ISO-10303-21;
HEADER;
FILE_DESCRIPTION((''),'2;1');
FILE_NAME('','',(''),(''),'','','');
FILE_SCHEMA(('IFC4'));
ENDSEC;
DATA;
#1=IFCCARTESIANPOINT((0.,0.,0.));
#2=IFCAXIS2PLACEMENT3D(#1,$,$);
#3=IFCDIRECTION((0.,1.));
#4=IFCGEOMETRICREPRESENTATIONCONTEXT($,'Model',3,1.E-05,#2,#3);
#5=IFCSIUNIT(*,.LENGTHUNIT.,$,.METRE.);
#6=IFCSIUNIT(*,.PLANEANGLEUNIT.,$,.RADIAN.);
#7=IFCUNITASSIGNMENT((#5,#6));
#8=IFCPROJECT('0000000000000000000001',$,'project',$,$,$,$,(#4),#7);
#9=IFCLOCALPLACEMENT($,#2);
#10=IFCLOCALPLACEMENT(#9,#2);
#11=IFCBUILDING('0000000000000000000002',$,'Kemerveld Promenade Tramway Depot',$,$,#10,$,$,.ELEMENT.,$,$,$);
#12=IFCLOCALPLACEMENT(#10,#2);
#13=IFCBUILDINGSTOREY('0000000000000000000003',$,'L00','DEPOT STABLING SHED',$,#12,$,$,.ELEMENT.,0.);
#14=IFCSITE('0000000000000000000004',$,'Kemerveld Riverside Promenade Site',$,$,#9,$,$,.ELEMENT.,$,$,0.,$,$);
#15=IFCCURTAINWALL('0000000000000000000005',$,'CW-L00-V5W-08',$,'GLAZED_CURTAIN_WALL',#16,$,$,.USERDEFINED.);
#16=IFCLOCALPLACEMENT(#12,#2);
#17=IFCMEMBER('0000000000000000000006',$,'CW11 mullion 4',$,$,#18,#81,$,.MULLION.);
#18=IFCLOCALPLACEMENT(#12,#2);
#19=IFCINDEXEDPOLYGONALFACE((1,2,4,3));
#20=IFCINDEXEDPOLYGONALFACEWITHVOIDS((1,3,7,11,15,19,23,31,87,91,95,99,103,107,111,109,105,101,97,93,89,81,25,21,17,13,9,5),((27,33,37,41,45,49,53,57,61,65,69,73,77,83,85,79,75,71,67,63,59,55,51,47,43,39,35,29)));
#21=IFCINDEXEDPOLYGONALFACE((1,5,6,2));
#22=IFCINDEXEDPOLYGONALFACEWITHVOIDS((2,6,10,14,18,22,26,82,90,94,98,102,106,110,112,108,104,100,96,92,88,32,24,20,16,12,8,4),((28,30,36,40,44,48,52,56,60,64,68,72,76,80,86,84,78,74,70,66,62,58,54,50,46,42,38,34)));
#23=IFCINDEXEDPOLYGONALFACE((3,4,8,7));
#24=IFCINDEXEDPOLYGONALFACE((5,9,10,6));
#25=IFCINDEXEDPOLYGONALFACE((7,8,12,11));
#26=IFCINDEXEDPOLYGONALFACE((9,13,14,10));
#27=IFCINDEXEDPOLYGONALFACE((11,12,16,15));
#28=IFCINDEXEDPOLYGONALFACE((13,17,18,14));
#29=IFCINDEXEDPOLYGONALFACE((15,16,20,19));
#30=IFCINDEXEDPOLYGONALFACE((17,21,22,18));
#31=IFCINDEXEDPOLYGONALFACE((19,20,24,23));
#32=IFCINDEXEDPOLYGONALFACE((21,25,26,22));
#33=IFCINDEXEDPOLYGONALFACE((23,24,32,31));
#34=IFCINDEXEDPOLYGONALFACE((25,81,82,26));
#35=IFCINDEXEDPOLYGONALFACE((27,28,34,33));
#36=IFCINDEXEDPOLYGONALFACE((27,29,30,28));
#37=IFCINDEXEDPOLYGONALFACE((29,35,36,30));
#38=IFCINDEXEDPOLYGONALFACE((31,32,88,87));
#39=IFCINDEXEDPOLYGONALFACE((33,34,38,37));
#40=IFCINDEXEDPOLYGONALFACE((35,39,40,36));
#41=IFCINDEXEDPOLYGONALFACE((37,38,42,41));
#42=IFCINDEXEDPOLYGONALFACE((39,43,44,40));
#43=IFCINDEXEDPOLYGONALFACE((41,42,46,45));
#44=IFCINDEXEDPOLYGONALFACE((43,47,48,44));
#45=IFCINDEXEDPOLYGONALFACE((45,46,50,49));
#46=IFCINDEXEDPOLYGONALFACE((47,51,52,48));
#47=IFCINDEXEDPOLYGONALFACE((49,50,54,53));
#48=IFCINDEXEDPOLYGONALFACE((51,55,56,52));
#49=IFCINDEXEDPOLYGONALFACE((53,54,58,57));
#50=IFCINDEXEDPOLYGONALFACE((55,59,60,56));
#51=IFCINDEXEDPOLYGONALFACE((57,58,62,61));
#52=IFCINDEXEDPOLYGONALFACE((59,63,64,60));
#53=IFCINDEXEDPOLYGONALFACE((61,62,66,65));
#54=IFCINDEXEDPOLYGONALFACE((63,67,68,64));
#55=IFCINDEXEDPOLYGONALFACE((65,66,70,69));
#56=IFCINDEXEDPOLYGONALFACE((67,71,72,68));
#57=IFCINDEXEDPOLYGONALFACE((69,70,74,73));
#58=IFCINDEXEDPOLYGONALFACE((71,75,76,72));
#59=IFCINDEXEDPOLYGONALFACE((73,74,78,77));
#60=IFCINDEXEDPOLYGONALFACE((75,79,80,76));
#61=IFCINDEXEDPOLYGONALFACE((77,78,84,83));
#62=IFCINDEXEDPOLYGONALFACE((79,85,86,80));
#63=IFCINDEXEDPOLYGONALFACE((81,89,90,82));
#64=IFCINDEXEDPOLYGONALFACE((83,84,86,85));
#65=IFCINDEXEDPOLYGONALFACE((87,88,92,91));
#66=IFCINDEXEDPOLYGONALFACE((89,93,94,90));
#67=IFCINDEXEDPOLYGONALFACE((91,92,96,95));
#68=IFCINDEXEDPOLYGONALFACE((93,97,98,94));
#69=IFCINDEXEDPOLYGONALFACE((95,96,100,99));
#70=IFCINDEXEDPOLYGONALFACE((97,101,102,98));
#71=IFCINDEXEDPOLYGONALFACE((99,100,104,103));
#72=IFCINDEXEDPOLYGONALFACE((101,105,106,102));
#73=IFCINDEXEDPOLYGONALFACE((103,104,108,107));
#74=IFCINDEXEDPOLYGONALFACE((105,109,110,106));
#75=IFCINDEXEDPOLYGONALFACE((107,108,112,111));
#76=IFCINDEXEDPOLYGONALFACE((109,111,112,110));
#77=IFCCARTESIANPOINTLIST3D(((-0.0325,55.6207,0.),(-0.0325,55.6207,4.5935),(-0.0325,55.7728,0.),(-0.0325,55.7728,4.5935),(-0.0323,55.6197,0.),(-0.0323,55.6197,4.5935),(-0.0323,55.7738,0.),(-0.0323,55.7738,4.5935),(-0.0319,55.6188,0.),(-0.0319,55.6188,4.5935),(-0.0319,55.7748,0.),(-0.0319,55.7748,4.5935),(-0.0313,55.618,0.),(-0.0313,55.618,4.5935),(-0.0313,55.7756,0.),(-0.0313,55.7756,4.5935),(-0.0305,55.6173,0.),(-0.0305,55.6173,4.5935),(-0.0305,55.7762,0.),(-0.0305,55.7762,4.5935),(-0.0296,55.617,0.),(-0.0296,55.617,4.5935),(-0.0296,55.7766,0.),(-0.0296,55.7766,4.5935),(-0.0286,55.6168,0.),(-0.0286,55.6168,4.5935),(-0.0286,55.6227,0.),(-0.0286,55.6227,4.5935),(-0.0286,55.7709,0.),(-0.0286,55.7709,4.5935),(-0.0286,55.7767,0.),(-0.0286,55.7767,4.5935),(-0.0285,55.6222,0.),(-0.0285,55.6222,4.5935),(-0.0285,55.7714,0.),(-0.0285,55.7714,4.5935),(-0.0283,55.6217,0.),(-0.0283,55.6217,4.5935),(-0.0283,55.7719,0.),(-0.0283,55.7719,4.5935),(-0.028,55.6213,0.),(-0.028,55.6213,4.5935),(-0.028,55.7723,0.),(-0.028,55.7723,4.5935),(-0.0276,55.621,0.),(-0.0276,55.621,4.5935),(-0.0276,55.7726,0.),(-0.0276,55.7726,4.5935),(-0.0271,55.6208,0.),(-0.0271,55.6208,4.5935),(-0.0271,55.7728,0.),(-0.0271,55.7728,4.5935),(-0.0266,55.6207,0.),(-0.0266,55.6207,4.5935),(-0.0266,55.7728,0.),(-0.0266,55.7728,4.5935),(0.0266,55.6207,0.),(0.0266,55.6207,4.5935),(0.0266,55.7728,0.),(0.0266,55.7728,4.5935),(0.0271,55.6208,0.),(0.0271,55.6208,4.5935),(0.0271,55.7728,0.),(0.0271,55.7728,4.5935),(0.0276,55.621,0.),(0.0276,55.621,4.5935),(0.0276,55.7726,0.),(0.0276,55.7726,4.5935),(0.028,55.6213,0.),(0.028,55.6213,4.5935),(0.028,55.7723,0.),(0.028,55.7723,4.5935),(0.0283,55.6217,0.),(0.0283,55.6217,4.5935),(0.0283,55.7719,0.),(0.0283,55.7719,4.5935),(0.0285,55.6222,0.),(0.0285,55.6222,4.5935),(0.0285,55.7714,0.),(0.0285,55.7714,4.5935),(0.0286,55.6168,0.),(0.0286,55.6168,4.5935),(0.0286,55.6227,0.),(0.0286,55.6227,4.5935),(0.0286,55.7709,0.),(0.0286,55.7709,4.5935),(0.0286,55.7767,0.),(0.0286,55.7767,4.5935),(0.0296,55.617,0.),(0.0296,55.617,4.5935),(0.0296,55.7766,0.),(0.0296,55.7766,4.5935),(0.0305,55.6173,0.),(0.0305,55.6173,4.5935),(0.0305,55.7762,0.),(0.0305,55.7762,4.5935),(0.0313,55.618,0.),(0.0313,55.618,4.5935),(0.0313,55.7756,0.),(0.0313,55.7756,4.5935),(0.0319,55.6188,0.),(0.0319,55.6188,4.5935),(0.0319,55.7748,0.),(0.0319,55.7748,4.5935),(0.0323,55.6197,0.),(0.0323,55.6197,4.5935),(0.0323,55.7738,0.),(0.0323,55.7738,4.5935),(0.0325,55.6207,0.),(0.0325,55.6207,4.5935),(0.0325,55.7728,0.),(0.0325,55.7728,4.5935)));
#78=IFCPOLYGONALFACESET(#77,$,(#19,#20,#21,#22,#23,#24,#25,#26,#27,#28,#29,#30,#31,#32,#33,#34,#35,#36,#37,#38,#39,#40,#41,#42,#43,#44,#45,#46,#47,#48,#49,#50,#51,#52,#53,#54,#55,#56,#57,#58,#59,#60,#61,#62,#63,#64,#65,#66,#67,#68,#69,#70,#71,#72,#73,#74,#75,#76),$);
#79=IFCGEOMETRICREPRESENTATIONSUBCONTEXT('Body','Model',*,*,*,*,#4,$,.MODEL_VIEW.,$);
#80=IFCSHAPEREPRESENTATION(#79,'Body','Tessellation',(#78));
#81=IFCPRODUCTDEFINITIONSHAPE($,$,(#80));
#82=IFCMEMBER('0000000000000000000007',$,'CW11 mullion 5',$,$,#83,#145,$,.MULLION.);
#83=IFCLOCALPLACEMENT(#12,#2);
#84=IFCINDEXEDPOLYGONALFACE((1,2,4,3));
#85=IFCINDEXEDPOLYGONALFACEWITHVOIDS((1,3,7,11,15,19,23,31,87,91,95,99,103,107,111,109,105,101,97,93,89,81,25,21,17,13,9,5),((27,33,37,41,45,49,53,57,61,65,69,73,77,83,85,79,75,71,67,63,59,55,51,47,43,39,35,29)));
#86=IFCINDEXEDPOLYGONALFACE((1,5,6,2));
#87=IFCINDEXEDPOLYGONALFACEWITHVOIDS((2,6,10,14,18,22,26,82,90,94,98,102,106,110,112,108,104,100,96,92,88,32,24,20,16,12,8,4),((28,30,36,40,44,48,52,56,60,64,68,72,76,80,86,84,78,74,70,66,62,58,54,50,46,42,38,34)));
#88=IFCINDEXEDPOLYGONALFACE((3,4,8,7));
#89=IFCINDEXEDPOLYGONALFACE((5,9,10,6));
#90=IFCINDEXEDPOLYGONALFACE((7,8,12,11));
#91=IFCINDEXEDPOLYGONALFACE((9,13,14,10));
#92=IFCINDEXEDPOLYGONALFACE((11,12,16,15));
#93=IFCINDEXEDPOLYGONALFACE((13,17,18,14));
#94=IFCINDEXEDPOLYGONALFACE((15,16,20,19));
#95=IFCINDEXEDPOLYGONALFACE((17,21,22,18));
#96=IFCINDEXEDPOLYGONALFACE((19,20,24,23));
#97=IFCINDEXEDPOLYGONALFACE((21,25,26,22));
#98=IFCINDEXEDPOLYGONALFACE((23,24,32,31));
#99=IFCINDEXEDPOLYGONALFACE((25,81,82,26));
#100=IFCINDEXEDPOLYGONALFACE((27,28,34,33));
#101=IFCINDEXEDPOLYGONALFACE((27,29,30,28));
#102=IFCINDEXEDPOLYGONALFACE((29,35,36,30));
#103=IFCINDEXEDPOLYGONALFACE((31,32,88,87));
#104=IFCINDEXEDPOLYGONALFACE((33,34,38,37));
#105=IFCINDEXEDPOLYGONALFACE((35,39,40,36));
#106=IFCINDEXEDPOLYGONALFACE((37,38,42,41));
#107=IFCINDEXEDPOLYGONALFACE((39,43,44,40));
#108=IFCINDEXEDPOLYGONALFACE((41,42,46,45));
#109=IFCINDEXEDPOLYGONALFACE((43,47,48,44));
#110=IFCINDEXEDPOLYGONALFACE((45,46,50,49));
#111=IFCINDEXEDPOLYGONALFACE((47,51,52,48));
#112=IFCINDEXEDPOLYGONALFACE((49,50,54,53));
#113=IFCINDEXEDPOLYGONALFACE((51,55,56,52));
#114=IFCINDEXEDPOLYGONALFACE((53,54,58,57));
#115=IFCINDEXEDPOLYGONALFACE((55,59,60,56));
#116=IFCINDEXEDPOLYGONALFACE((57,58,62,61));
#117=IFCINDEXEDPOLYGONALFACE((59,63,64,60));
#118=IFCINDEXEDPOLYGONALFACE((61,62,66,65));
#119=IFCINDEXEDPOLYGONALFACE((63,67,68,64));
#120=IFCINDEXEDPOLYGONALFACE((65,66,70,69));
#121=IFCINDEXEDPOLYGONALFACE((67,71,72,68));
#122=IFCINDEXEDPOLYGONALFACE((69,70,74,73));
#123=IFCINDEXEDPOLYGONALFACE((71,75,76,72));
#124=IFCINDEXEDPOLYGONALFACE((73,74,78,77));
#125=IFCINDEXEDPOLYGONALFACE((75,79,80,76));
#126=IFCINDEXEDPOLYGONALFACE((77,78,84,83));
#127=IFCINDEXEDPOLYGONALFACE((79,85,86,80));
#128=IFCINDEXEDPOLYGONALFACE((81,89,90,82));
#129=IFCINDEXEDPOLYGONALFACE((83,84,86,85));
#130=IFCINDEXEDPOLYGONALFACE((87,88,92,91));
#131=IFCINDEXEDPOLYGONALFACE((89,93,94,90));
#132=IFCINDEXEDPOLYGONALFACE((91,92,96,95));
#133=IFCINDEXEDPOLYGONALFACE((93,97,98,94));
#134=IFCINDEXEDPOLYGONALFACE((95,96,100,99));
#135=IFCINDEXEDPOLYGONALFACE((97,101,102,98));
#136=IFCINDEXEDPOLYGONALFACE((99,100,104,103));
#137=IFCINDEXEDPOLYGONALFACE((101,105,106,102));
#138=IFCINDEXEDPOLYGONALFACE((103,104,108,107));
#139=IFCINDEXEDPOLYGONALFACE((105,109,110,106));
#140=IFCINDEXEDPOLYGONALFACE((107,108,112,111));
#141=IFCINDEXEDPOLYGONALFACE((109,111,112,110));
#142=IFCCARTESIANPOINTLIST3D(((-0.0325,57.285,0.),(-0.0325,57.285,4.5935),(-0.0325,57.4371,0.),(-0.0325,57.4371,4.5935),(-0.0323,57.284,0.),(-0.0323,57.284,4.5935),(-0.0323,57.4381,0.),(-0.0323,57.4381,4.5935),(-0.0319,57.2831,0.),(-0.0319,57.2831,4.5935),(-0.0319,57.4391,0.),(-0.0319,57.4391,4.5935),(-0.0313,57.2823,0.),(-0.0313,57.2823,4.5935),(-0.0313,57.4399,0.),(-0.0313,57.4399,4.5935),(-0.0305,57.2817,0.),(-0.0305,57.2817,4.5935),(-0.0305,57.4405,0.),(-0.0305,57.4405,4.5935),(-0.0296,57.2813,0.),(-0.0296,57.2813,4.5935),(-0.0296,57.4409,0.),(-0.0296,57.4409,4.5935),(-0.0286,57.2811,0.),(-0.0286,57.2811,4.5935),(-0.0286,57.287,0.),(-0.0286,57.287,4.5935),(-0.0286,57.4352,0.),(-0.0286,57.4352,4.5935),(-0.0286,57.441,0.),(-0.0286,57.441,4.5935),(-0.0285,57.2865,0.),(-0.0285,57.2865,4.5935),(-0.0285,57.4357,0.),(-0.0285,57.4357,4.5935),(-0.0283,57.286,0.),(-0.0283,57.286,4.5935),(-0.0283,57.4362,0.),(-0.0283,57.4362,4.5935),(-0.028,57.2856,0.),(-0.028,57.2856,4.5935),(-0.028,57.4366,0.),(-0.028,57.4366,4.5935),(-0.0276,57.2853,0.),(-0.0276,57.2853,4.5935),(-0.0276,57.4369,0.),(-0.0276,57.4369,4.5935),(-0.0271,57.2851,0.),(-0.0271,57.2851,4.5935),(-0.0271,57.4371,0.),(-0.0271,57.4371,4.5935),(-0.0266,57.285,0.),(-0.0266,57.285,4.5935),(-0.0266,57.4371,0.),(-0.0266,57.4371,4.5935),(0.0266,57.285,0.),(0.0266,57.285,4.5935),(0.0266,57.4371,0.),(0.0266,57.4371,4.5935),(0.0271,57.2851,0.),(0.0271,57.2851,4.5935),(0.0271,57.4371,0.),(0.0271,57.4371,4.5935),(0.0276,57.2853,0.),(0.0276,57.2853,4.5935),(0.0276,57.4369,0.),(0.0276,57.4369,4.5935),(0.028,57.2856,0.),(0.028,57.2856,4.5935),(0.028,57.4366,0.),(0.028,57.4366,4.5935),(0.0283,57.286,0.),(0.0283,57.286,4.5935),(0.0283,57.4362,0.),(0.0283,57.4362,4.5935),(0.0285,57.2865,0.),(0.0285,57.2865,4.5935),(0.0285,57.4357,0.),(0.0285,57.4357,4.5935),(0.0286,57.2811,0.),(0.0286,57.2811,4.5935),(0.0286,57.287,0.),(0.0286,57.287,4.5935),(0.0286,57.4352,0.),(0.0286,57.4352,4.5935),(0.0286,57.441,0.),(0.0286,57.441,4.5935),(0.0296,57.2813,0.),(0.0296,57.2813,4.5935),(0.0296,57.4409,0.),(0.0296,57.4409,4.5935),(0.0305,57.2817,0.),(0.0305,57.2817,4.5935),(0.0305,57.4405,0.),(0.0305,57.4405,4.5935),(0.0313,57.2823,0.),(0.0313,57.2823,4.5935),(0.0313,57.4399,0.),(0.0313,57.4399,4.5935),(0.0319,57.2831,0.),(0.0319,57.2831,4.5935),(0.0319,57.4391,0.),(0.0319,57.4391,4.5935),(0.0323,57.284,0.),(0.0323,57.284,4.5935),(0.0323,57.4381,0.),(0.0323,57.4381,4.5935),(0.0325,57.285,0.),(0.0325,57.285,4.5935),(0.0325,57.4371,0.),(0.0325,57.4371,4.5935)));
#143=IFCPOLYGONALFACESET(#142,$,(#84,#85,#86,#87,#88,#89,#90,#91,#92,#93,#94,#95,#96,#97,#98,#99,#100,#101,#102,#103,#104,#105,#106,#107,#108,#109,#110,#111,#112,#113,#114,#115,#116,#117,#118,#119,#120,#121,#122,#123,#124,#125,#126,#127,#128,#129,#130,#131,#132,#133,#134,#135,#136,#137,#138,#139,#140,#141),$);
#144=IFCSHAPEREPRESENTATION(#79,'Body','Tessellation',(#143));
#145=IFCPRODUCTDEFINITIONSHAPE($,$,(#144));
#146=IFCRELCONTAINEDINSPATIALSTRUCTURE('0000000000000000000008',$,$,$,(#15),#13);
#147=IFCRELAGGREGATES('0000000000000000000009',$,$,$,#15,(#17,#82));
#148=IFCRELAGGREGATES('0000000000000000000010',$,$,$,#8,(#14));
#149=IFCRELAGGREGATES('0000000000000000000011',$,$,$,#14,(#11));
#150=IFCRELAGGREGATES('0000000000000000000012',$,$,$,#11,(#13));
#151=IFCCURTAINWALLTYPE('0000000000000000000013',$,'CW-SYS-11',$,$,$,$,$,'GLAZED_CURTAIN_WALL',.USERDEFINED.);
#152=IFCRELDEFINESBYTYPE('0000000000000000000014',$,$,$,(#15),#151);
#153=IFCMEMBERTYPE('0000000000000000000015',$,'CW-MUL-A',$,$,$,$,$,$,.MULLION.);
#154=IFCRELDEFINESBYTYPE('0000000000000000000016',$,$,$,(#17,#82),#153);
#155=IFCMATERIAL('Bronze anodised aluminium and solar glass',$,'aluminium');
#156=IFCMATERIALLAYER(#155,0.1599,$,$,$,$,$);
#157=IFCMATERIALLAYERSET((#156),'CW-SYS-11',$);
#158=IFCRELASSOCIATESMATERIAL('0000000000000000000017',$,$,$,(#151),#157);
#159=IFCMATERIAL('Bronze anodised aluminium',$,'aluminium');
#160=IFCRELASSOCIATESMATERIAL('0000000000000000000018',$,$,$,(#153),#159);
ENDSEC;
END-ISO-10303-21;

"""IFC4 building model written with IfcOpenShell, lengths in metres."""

from ifc_helpers import new_model, si_unit, direction, frame, origin, origin_2d, place, context, subcontext, project, spatial, hollow_rectangle, extrude, material, layer, layer_set, material_profile, profile_set, type_object, element, aggregate, save


model = new_model("IFC4")

# Units and contexts
model_context = context("Model", 3, precision=1e-05, world=origin(), true_north=direction((0.0, 1.0)))
body_context = subcontext(model_context, "Body", "Model", "MODEL_VIEW")
ifc_project = project(units=[si_unit("LENGTHUNIT", "METRE"), si_unit("PLANEANGLEUNIT", "RADIAN")], contexts=[model_context])

# Site, building, storey
site_placement = place(None, origin())
site = spatial("IfcSite", under=ifc_project, at=site_placement, Name="Kemerveld Riverside Promenade Site", CompositionType="ELEMENT", RefElevation=0.0)
building_placement = place(site_placement, origin())
building = spatial("IfcBuilding", under=site, at=building_placement, Name="Kemerveld Promenade Tramway Depot", CompositionType="ELEMENT")
storey_placement = place(building_placement, origin())
storey = spatial("IfcBuildingStorey", under=building, at=storey_placement, Name="L00", Description="DEPOT STABLING SHED", CompositionType="ELEMENT", Elevation=0.0)

# Curtain wall, members
ifc_material_1 = material(Name="Bronze anodised aluminium and solar glass", Category="aluminium")
ifc_layer_1 = layer(ifc_material_1, 0.1599)
ifc_layer_set_1 = layer_set([ifc_layer_1], Name="CW-SYS-11")
curtain_wall_type = type_object("IfcCurtainWallType", Name="CW-SYS-11", ElementType="GLAZED_CURTAIN_WALL", PredefinedType="USERDEFINED", material=ifc_layer_set_1)
curtain_wall_placement = place(storey_placement, origin())
curtain_wall = element("IfcCurtainWall", 1, at=curtain_wall_placement, inside=storey, type_object=curtain_wall_type, Name="CW-L00-V5W-08", ObjectType="GLAZED_CURTAIN_WALL", PredefinedType="USERDEFINED")
ifc_material_2 = material(Name="Bronze anodised aluminium", Category="aluminium")
ifc_material_profile_1 = material_profile(ifc_material_2, hollow_rectangle(XDim=0.0649, YDim=0.1599, WallThickness=0.0039, InnerFilletRadius=0.002, OuterFilletRadius=0.0039, at=origin_2d()), Name="CW-MUL-160x65")
ifc_profile_set_1 = profile_set([ifc_material_profile_1], Name="Bronze anodised aluminium")
member_type_1 = type_object("IfcMemberType", Name="CW-MUL-A", PredefinedType="MULLION", material=ifc_profile_set_1)
member_1_placement = place(storey_placement, frame((0.0, 55.6968, 0.0), z_axis=(0.0, 0.0, 1.0), x_axis=(-1.0, 0.0, 0.0)))
member_1 = element("IfcMember", 2, at=member_1_placement, type_object=member_type_1, Name="CW11 mullion 4", PredefinedType="MULLION", context=body_context, shape_type="SweptSolid", body=[
    extrude(hollow_rectangle(XDim=0.0649, YDim=0.1599, WallThickness=0.0039, InnerFilletRadius=0.002, OuterFilletRadius=0.0039, at=origin_2d()), origin(), (0.0, 0.0, 1.0), 4.5935),
])
member_2_placement = place(storey_placement, frame((0.0, 57.3611, 0.0), z_axis=(0.0, 0.0, 1.0), x_axis=(-1.0, 0.0, 0.0)))
member_2 = element("IfcMember", 3, at=member_2_placement, type_object=member_type_1, Name="CW11 mullion 5", PredefinedType="MULLION", context=body_context, shape_type="SweptSolid", body=[
    extrude(hollow_rectangle(XDim=0.0649, YDim=0.1599, WallThickness=0.0039, InnerFilletRadius=0.002, OuterFilletRadius=0.0039, at=origin_2d()), origin(), (0.0, 0.0, 1.0), 4.5935),
])
aggregate(curtain_wall, [member_1, member_2])

save(model, "model.ifc")
